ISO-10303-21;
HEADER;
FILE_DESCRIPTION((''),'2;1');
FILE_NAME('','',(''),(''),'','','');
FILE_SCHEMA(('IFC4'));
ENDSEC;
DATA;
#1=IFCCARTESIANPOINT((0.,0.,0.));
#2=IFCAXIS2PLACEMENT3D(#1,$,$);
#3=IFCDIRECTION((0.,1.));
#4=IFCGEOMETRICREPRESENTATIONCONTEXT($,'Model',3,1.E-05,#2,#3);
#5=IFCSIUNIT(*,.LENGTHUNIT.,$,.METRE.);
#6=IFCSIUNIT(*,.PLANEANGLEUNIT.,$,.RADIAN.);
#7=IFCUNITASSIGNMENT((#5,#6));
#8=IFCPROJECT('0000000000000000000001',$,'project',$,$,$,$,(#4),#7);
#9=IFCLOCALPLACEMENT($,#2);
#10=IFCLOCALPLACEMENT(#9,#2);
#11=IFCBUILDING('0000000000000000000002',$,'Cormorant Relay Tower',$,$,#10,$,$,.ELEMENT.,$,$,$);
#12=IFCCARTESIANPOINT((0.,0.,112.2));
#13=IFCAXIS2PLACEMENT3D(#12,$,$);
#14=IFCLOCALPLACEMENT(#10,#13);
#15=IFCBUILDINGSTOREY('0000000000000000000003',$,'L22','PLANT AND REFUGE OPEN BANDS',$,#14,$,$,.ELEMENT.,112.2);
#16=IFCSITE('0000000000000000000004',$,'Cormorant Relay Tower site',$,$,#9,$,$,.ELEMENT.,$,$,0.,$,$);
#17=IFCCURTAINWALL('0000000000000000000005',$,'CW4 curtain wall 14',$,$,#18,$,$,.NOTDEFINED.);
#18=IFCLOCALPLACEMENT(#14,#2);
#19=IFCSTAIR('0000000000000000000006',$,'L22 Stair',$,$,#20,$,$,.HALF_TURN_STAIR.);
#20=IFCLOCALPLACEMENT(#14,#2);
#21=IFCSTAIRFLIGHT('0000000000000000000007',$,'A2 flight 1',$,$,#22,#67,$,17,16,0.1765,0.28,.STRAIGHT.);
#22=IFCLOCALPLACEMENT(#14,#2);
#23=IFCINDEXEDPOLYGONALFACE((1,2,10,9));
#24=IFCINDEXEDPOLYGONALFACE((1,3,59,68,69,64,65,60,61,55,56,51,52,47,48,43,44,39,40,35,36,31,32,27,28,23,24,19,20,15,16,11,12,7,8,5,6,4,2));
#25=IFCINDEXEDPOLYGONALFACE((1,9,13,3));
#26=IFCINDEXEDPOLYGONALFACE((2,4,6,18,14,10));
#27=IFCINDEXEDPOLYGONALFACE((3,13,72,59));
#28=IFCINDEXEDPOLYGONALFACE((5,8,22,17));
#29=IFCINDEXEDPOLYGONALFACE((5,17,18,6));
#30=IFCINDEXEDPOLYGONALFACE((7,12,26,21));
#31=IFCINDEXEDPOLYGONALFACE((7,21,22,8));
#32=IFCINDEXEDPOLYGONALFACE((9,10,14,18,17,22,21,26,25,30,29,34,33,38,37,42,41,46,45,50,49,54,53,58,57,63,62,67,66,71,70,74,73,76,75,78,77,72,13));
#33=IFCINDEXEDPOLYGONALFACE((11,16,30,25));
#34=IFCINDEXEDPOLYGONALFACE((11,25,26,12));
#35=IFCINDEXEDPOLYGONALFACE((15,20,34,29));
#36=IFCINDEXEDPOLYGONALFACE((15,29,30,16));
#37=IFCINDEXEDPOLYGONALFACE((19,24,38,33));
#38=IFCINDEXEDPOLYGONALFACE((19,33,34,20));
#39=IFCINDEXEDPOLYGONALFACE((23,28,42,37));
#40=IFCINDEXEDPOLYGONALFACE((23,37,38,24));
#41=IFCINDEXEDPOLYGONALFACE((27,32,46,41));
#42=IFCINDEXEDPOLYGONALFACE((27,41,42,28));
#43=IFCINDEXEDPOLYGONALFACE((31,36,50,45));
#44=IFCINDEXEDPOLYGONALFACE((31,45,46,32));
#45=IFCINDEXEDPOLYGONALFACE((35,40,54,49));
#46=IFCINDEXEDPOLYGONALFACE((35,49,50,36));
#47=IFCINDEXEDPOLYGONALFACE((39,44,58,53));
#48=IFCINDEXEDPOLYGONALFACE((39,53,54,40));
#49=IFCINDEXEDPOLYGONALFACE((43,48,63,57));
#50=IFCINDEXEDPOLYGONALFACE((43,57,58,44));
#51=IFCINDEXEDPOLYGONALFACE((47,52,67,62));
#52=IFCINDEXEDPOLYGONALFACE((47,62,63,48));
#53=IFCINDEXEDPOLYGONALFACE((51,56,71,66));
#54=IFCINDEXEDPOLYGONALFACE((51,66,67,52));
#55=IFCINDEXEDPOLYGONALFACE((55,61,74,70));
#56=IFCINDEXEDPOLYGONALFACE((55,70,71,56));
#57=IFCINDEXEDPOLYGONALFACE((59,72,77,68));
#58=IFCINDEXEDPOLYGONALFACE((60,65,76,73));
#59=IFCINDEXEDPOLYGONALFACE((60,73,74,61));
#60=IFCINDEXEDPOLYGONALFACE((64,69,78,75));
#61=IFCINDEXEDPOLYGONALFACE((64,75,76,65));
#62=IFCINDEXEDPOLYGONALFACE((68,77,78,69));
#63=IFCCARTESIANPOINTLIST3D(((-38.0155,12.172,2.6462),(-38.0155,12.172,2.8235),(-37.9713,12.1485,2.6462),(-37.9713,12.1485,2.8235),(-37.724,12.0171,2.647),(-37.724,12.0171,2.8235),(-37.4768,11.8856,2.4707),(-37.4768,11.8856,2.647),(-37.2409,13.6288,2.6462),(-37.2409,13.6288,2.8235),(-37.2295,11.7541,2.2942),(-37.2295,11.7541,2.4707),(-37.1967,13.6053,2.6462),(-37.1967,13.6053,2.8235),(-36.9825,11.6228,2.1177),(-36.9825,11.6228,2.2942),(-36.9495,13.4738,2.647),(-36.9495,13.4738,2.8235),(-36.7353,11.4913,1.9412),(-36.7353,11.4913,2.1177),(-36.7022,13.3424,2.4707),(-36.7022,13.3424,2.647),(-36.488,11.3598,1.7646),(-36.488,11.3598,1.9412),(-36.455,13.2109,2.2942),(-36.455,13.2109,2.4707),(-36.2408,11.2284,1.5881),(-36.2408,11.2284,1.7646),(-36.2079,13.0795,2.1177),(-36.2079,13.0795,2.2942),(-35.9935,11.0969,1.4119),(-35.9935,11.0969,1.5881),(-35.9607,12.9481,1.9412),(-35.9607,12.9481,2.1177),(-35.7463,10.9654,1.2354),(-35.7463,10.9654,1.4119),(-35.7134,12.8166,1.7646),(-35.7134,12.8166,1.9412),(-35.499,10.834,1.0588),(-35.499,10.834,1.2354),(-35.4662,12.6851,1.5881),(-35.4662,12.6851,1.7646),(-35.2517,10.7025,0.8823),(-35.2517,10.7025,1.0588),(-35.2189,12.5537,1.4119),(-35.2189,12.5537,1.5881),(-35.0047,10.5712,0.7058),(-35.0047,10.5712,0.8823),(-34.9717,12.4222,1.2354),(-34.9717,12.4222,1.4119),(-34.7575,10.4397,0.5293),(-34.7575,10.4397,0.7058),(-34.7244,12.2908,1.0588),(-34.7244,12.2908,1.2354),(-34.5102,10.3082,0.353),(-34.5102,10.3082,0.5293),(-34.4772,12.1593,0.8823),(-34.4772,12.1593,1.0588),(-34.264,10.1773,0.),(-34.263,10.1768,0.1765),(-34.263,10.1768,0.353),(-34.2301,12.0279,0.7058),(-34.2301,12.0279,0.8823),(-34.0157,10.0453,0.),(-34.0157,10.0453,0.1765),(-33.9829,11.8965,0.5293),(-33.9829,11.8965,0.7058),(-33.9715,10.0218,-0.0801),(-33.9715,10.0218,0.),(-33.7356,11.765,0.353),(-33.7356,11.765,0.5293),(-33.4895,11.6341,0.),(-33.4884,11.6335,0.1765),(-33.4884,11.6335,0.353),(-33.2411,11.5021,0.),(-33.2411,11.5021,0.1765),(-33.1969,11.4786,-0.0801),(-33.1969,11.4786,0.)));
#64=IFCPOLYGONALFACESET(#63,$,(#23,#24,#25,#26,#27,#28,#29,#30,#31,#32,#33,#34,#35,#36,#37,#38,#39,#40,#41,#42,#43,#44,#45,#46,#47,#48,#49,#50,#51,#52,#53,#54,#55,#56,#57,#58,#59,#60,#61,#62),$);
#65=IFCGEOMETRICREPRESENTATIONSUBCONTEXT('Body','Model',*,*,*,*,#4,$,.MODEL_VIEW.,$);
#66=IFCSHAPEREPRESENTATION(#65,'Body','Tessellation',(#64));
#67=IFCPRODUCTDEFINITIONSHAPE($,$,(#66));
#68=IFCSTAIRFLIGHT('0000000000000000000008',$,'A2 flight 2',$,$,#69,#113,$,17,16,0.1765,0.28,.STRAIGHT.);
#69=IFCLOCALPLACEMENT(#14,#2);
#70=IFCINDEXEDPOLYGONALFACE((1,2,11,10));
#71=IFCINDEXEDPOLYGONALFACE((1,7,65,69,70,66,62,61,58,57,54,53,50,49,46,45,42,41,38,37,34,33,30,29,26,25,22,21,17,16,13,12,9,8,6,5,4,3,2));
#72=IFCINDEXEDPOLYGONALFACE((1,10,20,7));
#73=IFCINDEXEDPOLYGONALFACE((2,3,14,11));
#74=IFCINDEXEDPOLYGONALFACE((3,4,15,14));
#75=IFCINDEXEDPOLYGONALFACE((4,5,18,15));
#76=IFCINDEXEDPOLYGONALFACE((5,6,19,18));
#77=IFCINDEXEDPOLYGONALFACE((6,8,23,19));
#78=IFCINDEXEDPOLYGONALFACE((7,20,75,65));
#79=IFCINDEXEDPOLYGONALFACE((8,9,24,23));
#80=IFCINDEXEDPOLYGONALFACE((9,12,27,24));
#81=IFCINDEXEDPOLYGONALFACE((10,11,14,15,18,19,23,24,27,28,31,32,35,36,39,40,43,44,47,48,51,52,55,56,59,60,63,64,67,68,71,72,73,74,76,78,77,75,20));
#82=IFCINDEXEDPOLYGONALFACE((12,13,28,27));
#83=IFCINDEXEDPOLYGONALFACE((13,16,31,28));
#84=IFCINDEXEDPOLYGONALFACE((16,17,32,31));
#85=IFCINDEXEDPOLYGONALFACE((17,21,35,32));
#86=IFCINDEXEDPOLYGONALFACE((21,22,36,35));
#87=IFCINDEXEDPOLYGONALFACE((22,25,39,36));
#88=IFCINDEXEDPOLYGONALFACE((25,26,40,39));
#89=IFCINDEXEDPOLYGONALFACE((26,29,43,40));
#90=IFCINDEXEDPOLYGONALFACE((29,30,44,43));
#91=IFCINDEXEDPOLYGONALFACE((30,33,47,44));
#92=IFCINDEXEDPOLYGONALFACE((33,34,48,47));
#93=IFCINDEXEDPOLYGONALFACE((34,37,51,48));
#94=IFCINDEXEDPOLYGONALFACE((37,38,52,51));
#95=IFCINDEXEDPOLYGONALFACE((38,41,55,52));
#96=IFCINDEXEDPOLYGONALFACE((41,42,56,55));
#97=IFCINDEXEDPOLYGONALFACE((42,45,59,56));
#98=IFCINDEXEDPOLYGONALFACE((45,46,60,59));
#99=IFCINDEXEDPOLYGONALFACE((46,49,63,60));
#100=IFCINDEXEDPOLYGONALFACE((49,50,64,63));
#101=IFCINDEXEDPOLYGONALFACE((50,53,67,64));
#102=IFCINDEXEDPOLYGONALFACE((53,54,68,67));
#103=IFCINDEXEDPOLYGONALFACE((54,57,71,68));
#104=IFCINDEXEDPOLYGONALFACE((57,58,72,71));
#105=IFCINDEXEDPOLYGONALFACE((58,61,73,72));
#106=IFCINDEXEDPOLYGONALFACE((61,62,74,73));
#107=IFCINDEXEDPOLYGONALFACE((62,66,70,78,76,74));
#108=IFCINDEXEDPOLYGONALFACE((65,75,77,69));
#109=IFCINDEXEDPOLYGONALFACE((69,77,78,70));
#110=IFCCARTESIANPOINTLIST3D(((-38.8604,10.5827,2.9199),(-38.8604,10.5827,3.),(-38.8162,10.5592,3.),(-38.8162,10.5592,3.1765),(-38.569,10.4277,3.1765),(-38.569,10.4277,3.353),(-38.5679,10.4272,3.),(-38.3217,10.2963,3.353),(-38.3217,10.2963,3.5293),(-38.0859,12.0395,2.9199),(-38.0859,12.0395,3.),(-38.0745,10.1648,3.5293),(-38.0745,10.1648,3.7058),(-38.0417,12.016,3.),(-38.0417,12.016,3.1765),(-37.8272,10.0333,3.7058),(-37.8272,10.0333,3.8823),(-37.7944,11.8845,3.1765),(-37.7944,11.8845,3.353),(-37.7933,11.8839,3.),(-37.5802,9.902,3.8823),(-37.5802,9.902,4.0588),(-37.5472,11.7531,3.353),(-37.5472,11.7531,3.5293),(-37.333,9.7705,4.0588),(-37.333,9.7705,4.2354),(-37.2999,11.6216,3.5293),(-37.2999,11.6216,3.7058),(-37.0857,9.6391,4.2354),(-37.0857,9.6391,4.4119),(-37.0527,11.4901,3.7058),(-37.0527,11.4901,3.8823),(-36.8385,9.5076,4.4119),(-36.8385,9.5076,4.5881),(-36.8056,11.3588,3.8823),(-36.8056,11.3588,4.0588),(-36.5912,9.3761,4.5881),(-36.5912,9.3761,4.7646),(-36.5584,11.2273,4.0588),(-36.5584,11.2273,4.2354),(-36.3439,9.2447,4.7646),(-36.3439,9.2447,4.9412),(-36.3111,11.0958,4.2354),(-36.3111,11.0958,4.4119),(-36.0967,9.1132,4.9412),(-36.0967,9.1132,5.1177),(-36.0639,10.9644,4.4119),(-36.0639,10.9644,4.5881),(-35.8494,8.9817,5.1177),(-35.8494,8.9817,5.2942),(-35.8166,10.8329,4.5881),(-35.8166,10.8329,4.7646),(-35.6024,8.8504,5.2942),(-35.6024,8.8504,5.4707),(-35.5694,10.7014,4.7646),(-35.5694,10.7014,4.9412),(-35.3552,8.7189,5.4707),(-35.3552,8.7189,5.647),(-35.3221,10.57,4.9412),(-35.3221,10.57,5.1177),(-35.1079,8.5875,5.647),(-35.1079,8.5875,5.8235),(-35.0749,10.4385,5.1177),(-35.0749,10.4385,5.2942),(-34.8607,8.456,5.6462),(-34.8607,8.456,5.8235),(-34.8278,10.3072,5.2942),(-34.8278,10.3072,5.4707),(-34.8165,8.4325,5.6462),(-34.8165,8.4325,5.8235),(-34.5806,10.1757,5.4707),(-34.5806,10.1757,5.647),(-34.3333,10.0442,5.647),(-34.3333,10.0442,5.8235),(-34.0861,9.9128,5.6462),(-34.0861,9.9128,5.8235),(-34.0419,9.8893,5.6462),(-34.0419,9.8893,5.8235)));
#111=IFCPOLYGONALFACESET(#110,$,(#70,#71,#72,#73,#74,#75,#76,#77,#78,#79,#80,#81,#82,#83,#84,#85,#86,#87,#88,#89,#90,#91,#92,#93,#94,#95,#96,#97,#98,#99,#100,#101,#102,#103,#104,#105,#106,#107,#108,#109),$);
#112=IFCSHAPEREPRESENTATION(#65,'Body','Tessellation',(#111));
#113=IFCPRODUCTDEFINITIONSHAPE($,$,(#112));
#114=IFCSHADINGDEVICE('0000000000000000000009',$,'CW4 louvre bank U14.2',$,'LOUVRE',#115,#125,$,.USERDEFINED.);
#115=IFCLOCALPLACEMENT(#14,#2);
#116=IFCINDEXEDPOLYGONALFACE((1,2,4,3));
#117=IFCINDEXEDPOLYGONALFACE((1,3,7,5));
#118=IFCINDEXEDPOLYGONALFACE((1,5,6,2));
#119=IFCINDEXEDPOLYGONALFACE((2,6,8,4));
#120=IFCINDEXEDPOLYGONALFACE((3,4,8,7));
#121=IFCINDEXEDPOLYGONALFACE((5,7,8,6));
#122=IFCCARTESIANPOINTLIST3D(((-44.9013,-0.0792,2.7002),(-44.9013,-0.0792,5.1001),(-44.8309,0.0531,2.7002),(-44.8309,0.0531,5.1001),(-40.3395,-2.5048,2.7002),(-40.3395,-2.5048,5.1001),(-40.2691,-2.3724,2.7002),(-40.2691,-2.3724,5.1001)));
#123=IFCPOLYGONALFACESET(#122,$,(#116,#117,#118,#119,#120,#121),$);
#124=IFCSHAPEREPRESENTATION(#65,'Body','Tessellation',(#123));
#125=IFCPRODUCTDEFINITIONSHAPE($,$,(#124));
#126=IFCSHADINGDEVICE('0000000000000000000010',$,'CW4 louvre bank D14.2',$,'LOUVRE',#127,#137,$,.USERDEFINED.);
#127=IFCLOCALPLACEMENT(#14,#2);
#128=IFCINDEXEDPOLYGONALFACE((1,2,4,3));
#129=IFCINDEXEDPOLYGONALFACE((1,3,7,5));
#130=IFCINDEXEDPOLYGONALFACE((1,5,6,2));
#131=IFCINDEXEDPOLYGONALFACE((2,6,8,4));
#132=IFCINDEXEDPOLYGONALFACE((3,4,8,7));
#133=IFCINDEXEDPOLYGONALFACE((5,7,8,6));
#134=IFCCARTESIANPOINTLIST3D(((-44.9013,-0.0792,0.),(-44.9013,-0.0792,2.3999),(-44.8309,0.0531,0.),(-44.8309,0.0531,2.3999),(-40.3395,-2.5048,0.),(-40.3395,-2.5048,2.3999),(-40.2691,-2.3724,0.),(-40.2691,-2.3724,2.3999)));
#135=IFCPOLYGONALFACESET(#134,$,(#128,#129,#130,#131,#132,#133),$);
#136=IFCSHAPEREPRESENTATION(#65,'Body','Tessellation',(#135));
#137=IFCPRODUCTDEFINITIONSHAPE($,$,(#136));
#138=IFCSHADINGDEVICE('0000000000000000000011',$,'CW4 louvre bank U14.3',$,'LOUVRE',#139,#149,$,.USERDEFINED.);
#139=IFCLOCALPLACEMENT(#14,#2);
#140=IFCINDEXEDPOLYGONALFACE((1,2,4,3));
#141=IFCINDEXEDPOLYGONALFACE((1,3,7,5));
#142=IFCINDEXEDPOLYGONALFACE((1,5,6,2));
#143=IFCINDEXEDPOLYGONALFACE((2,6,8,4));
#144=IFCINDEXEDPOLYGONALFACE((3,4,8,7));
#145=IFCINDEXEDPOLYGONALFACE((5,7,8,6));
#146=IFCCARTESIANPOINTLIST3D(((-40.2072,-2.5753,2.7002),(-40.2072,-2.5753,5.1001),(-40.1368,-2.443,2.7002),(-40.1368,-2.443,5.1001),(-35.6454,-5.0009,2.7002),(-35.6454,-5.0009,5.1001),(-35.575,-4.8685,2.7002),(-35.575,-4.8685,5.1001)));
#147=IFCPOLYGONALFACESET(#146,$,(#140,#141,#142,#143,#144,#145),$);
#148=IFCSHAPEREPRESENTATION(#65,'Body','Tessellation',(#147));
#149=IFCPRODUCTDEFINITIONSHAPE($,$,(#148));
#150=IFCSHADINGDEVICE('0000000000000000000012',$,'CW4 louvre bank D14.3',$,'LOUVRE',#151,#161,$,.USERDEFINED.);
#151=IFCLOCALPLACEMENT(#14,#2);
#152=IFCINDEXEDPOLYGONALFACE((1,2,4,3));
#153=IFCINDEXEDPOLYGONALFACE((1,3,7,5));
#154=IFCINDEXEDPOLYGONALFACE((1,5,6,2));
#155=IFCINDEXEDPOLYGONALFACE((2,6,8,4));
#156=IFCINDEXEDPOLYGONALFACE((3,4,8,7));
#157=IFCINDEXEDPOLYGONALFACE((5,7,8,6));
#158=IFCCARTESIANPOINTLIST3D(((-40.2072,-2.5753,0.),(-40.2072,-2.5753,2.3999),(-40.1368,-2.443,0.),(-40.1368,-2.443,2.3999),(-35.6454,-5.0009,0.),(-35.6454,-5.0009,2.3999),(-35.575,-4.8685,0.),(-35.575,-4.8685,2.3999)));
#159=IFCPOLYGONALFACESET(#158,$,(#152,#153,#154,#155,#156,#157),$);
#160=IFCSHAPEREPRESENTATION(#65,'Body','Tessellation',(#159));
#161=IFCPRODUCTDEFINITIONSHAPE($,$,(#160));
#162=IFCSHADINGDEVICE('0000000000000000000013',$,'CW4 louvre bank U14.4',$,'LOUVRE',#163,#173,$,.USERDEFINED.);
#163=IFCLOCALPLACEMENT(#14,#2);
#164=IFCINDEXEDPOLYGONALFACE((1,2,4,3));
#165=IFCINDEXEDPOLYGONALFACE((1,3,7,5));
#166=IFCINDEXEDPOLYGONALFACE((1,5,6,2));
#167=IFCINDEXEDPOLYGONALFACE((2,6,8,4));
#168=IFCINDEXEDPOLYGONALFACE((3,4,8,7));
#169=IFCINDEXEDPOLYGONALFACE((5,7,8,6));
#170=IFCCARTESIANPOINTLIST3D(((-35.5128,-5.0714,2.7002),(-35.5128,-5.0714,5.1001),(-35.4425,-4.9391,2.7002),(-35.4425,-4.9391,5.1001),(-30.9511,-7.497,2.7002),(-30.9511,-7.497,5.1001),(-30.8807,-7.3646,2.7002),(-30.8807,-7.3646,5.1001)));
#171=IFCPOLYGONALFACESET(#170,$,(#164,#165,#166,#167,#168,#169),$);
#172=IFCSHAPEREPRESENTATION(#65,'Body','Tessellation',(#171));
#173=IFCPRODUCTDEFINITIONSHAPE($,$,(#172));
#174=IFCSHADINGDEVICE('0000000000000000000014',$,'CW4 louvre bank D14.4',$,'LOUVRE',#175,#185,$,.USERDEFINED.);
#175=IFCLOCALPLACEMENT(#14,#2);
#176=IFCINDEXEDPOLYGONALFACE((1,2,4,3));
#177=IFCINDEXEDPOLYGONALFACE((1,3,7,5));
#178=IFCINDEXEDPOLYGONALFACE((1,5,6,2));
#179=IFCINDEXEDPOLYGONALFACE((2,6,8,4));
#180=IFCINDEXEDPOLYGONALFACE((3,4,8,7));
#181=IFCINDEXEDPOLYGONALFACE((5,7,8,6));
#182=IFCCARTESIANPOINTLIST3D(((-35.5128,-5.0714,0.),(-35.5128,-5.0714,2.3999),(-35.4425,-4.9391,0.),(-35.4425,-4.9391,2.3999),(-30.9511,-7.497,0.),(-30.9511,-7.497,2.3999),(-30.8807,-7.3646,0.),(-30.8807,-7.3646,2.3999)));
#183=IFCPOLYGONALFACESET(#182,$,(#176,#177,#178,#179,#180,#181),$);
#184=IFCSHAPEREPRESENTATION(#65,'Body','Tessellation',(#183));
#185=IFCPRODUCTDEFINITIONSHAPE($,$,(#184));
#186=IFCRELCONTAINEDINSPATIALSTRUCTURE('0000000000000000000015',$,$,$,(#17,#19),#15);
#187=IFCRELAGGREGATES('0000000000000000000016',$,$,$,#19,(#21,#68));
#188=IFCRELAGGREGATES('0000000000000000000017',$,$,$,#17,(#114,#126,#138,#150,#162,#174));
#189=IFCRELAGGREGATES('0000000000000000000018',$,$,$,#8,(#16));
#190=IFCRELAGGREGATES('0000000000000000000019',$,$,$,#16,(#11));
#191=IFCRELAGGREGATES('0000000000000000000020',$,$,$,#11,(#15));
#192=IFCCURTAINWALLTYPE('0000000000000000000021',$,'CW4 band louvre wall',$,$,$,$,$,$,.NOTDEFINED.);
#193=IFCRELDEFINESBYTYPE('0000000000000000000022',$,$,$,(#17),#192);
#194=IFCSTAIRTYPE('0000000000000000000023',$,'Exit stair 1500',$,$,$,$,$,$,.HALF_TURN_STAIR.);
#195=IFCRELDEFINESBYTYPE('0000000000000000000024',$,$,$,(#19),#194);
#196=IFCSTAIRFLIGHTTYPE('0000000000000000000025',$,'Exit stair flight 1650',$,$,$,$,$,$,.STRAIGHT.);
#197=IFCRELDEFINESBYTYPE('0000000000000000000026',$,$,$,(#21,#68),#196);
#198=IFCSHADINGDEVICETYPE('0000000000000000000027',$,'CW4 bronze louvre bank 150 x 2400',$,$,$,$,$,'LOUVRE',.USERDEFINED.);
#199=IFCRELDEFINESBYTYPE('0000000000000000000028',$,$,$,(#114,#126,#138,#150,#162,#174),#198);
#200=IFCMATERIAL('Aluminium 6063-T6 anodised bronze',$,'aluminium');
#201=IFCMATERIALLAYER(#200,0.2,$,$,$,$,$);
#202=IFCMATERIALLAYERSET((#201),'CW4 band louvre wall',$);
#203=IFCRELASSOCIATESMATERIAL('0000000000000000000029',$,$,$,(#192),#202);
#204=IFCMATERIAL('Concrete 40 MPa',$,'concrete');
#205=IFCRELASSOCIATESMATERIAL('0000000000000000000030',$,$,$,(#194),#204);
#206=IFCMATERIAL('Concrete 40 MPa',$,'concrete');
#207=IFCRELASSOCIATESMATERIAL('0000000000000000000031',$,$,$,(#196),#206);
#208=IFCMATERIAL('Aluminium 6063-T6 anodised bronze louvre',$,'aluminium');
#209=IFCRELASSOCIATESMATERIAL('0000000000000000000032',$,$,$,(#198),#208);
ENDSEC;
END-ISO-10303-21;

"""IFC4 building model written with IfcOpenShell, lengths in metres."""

from ifc_helpers import new_model, si_unit, direction, frame, origin, origin_2d, place, context, subcontext, project, spatial, polyline, rectangle, outline, extrude, material, layer, layer_set, type_object, element, aggregate, save


model = new_model("IFC4")

# Units and contexts
model_context = context("Model", 3, precision=1e-05, world=origin(), true_north=direction((0.0, 1.0)))
body_context = subcontext(model_context, "Body", "Model", "MODEL_VIEW")
ifc_project = project(units=[si_unit("LENGTHUNIT", "METRE"), si_unit("PLANEANGLEUNIT", "RADIAN")], contexts=[model_context])

# Site, building, storey
site_placement = place(None, origin())
site = spatial("IfcSite", under=ifc_project, at=site_placement, Name="Cormorant Relay Tower site", CompositionType="ELEMENT", RefElevation=0.0)
building_placement = place(site_placement, origin())
building = spatial("IfcBuilding", under=site, at=building_placement, Name="Cormorant Relay Tower", CompositionType="ELEMENT")
storey_placement = place(building_placement, frame((0.0, 0.0, 112.2)))
storey = spatial("IfcBuildingStorey", under=building, at=storey_placement, Name="L22", Description="PLANT AND REFUGE OPEN BANDS", CompositionType="ELEMENT", Elevation=112.2)

# Curtain wall
ifc_material_1 = material(Name="Aluminium 6063-T6 anodised bronze", Category="aluminium")
ifc_layer_1 = layer(ifc_material_1, 0.2)
ifc_layer_set_1 = layer_set([ifc_layer_1], Name="CW4 band louvre wall")
curtain_wall_type = type_object("IfcCurtainWallType", Name="CW4 band louvre wall", PredefinedType="NOTDEFINED", material=ifc_layer_set_1)
curtain_wall_placement = place(storey_placement, origin())
curtain_wall = element("IfcCurtainWall", 1, at=curtain_wall_placement, inside=storey, type_object=curtain_wall_type, Name="CW4 curtain wall 14", PredefinedType="NOTDEFINED")

# Stair, stair flights
ifc_material_2 = material(Name="Concrete 40 MPa", Category="concrete")
stair_type = type_object("IfcStairType", Name="Exit stair 1500", PredefinedType="HALF_TURN_STAIR", material=ifc_material_2)
stair_placement = place(storey_placement, origin())
stair = element("IfcStair", 2, at=stair_placement, inside=storey, type_object=stair_type, Name="L22 Stair", PredefinedType="HALF_TURN_STAIR")
ifc_material_3 = material(Name="Concrete 40 MPa", Category="concrete")
stair_flight_type = type_object("IfcStairFlightType", Name="Exit stair flight 1650", PredefinedType="STRAIGHT", material=ifc_material_3)
stair_flight_1_placement = place(storey_placement, frame((-33.6284, 10.7737, 0.0), z_axis=(0.0, 0.0, 1.0), x_axis=(-0.882948, 0.469472, 0.0)))
stair_flight_1 = element("IfcStairFlight", 3, at=stair_flight_1_placement, type_object=stair_flight_type, Name="A2 flight 1", NumberOfRisers=17, NumberOfTreads=16, PredefinedType="STRAIGHT", RiserHeight=0.1765, TreadLength=0.28, context=body_context, shape_type="SweptSolid", body=[
    extrude(outline(polyline([(-0.05, -0.0801), (-0.05, 0.0), (0.0, 0.0), (0.0, 0.1765), (0.28, 0.1765), (0.28, 0.353), (0.5601, 0.353), (0.5601, 0.5293), (0.8401, 0.5293), (0.8401, 0.7058), (1.1201, 0.7058), (1.1201, 0.8823), (1.3999, 0.8823), (1.3999, 1.0588), (1.6799, 1.0588), (1.6799, 1.2354), (1.96, 1.2354), (1.96, 1.4119), (2.24, 1.4119), (2.24, 1.5881), (2.52, 1.5881), (2.52, 1.7646), (2.8, 1.7646), (2.8, 1.9412), (3.0801, 1.9412), (3.0801, 2.1177), (3.3601, 2.1177), (3.3601, 2.2942), (3.6399, 2.2942), (3.6399, 2.4707), (3.9199, 2.4707), (3.9199, 2.647), (4.2, 2.647), (4.2, 2.8235), (4.48, 2.8235), (4.53, 2.8235), (4.53, 2.6462), (4.48, 2.6462), (0.2812, 0.0), (-0.05, -0.0801)])), frame((0.0, 0.825, 0.0), z_axis=(0.0, -1.0, 0.0), x_axis=(1.0, 0.0, 0.0)), (0.0, 0.0, 1.0), 1.6499),
])
stair_flight_2_placement = place(storey_placement, frame((-38.429, 11.2876, 3.0), z_axis=(0.0, 0.0, 1.0), x_axis=(0.882948, -0.469472, 0.0)))
stair_flight_2 = element("IfcStairFlight", 4, at=stair_flight_2_placement, type_object=stair_flight_type, Name="A2 flight 2", NumberOfRisers=17, NumberOfTreads=16, PredefinedType="STRAIGHT", RiserHeight=0.1765, TreadLength=0.28, context=body_context, shape_type="SweptSolid", body=[
    extrude(outline(polyline([(-0.05, -0.0801), (-0.05, 0.0), (0.0, 0.0), (0.0, 0.1765), (0.28, 0.1765), (0.28, 0.353), (0.5601, 0.353), (0.5601, 0.5293), (0.8401, 0.5293), (0.8401, 0.7058), (1.1201, 0.7058), (1.1201, 0.8823), (1.3999, 0.8823), (1.3999, 1.0588), (1.6799, 1.0588), (1.6799, 1.2354), (1.96, 1.2354), (1.96, 1.4119), (2.24, 1.4119), (2.24, 1.5881), (2.52, 1.5881), (2.52, 1.7646), (2.8, 1.7646), (2.8, 1.9412), (3.0801, 1.9412), (3.0801, 2.1177), (3.3601, 2.1177), (3.3601, 2.2942), (3.6399, 2.2942), (3.6399, 2.4707), (3.9199, 2.4707), (3.9199, 2.647), (4.2, 2.647), (4.2, 2.8235), (4.48, 2.8235), (4.53, 2.8235), (4.53, 2.6462), (4.48, 2.6462), (0.2812, 0.0), (-0.05, -0.0801)])), frame((0.0, 0.825, 0.0), z_axis=(0.0, -1.0, 0.0), x_axis=(1.0, 0.0, 0.0)), (0.0, 0.0, 1.0), 1.6499),
])
aggregate(stair, [stair_flight_1, stair_flight_2])

# Shading devices
ifc_material_4 = material(Name="Aluminium 6063-T6 anodised bronze louvre", Category="aluminium")
shading_device_type = type_object("IfcShadingDeviceType", Name="CW4 bronze louvre bank 150 x 2400", ElementType="LOUVRE", PredefinedType="USERDEFINED", material=ifc_material_4)
shading_device_1_placement = place(storey_placement, frame((-42.5852, -1.2258, 2.7002), z_axis=(0.0, 0.0, 1.0), x_axis=(0.882948, -0.469472, 0.0)))
shading_device_1 = element("IfcShadingDevice", 5, at=shading_device_1_placement, type_object=shading_device_type, Name="CW4 louvre bank U14.2", ObjectType="LOUVRE", PredefinedType="USERDEFINED", context=body_context, shape_type="SweptSolid", body=[
    extrude(rectangle(XDim=5.1665, YDim=0.1499, at=origin_2d()), origin(), (0.0, 0.0, 1.0), 2.3999),
])
shading_device_2_placement = place(storey_placement, frame((-42.5852, -1.2258, 0.0), z_axis=(0.0, 0.0, 1.0), x_axis=(0.882948, -0.469472, 0.0)))
shading_device_2 = element("IfcShadingDevice", 6, at=shading_device_2_placement, type_object=shading_device_type, Name="CW4 louvre bank D14.2", ObjectType="LOUVRE", PredefinedType="USERDEFINED", context=body_context, shape_type="SweptSolid", body=[
    extrude(rectangle(XDim=5.1665, YDim=0.1499, at=origin_2d()), origin(), (0.0, 0.0, 1.0), 2.3999),
])
shading_device_3_placement = place(storey_placement, frame((-37.8911, -3.7219, 2.7002), z_axis=(0.0, 0.0, 1.0), x_axis=(0.882948, -0.469472, 0.0)))
shading_device_3 = element("IfcShadingDevice", 7, at=shading_device_3_placement, type_object=shading_device_type, Name="CW4 louvre bank U14.3", ObjectType="LOUVRE", PredefinedType="USERDEFINED", context=body_context, shape_type="SweptSolid", body=[
    extrude(rectangle(XDim=5.1665, YDim=0.1499, at=origin_2d()), origin(), (0.0, 0.0, 1.0), 2.3999),
])
shading_device_4_placement = place(storey_placement, frame((-37.8911, -3.7219, 0.0), z_axis=(0.0, 0.0, 1.0), x_axis=(0.882948, -0.469472, 0.0)))
shading_device_4 = element("IfcShadingDevice", 8, at=shading_device_4_placement, type_object=shading_device_type, Name="CW4 louvre bank D14.3", ObjectType="LOUVRE", PredefinedType="USERDEFINED", context=body_context, shape_type="SweptSolid", body=[
    extrude(rectangle(XDim=5.1665, YDim=0.1499, at=origin_2d()), origin(), (0.0, 0.0, 1.0), 2.3999),
])
shading_device_5_placement = place(storey_placement, frame((-33.1968, -6.218, 2.7002), z_axis=(0.0, 0.0, 1.0), x_axis=(0.882948, -0.469472, 0.0)))
shading_device_5 = element("IfcShadingDevice", 9, at=shading_device_5_placement, type_object=shading_device_type, Name="CW4 louvre bank U14.4", ObjectType="LOUVRE", PredefinedType="USERDEFINED", context=body_context, shape_type="SweptSolid", body=[
    extrude(rectangle(XDim=5.1665, YDim=0.1499, at=origin_2d()), origin(), (0.0, 0.0, 1.0), 2.3999),
])
shading_device_6_placement = place(storey_placement, frame((-33.1968, -6.218, 0.0), z_axis=(0.0, 0.0, 1.0), x_axis=(0.882948, -0.469472, 0.0)))
shading_device_6 = element("IfcShadingDevice", 10, at=shading_device_6_placement, type_object=shading_device_type, Name="CW4 louvre bank D14.4", ObjectType="LOUVRE", PredefinedType="USERDEFINED", context=body_context, shape_type="SweptSolid", body=[
    extrude(rectangle(XDim=5.1665, YDim=0.1499, at=origin_2d()), origin(), (0.0, 0.0, 1.0), 2.3999),
])
aggregate(curtain_wall, [shading_device_1, shading_device_2, shading_device_3, shading_device_4, shading_device_5, shading_device_6])

save(model, "model.ifc")
